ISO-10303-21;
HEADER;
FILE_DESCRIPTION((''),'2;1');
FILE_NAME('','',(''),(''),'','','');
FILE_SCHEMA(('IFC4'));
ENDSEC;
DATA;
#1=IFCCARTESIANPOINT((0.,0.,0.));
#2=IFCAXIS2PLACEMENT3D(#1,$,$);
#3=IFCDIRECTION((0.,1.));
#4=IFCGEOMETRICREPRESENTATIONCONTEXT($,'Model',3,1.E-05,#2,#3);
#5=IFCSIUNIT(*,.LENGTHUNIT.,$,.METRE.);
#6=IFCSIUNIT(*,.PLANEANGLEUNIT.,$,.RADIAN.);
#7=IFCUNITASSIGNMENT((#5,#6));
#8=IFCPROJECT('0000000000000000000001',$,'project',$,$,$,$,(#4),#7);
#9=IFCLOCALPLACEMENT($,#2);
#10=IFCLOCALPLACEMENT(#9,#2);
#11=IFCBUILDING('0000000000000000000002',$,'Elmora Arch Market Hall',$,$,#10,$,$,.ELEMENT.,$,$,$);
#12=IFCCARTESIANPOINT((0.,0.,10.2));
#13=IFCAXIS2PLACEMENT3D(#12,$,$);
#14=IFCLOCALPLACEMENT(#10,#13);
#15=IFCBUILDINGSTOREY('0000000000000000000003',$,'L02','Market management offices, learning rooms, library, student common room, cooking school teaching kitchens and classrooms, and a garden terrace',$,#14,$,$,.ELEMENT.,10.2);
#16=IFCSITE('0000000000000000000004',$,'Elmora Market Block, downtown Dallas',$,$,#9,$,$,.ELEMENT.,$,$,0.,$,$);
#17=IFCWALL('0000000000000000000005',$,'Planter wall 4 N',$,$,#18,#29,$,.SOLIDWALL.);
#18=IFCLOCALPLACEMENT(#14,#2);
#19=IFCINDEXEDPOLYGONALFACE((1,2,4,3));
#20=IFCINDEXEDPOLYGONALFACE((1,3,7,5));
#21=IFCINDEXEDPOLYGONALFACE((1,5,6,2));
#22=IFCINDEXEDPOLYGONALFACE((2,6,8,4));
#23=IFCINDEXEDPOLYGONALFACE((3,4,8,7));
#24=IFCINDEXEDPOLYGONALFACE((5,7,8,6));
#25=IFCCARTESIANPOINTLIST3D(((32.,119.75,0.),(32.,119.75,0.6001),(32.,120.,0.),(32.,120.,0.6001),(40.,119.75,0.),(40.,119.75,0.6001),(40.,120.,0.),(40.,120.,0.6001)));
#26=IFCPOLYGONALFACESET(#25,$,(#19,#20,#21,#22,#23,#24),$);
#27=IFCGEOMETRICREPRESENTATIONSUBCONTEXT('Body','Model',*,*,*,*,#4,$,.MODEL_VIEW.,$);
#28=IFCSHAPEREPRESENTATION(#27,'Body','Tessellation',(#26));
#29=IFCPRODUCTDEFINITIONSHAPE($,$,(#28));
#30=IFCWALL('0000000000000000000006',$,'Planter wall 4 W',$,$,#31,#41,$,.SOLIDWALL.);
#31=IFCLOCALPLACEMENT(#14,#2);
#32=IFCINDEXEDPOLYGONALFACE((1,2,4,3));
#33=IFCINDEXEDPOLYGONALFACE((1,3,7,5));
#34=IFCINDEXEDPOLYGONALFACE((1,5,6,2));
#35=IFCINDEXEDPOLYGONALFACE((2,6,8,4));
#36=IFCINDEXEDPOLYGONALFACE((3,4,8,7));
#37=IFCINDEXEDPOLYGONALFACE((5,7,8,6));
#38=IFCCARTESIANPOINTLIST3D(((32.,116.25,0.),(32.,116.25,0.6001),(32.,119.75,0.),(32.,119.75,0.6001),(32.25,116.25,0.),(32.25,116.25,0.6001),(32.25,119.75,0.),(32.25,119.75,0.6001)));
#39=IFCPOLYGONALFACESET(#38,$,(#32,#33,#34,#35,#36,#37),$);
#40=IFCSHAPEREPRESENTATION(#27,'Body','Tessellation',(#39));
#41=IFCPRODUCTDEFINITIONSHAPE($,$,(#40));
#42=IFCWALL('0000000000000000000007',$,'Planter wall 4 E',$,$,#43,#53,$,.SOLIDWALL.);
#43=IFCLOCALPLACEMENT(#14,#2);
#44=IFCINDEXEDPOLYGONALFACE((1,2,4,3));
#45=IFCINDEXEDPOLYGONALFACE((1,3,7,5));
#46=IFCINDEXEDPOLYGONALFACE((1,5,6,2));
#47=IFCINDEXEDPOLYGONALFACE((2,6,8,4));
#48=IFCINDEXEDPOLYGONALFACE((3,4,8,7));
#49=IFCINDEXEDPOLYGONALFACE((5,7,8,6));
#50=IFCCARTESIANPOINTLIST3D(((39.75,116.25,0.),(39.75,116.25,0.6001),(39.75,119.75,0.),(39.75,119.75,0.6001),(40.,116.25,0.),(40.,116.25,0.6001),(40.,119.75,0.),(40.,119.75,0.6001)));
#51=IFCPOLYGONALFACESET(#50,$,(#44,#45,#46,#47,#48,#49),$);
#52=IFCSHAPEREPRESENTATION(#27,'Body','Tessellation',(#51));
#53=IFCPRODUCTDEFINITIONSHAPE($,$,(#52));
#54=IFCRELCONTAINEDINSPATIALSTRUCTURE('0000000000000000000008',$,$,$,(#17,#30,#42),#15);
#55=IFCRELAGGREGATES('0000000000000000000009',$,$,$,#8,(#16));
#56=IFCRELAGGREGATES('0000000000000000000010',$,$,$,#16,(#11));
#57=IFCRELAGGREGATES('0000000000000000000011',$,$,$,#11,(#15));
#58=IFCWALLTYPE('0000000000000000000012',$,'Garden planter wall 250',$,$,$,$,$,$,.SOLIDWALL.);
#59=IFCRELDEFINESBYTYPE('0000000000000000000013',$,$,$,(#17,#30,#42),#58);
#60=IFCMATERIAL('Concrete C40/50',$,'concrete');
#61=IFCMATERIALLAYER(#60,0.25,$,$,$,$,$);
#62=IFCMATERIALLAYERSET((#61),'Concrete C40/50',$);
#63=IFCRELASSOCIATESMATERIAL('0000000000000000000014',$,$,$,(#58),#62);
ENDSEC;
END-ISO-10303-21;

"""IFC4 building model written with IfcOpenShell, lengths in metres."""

from ifc_helpers import new_model, si_unit, direction, frame, frame_2d, origin, place, context, subcontext, project, spatial, rectangle, extrude, material, layer, layer_set, type_object, element, save


model = new_model("IFC4")

# Units and contexts
model_context = context("Model", 3, precision=1e-05, world=origin(), true_north=direction((0.0, 1.0)))
body_context = subcontext(model_context, "Body", "Model", "MODEL_VIEW")
ifc_project = project(units=[si_unit("LENGTHUNIT", "METRE"), si_unit("PLANEANGLEUNIT", "RADIAN")], contexts=[model_context])

# Site, building, storey
site_placement = place(None, origin())
site = spatial("IfcSite", under=ifc_project, at=site_placement, Name="Elmora Market Block, downtown Dallas", CompositionType="ELEMENT", RefElevation=0.0)
building_placement = place(site_placement, origin())
building = spatial("IfcBuilding", under=site, at=building_placement, Name="Elmora Arch Market Hall", CompositionType="ELEMENT")
storey_placement = place(building_placement, frame((0.0, 0.0, 10.2)))
storey = spatial("IfcBuildingStorey", under=building, at=storey_placement, Name="L02", Description="Market management offices, learning rooms, library, student common room, cooking school teaching kitchens and classrooms, and a garden terrace", CompositionType="ELEMENT", Elevation=10.2)

# Walls
ifc_material_1 = material(Name="Concrete C40/50", Category="concrete")
ifc_layer_1 = layer(ifc_material_1, 0.25)
ifc_layer_set_1 = layer_set([ifc_layer_1], Name="Concrete C40/50")
wall_type_1 = type_object("IfcWallType", Name="Garden planter wall 250", PredefinedType="SOLIDWALL", material=ifc_layer_set_1)
for number, where, z_axis, x_axis, name in (
    (1, (32.0, 119.875, 0.0), (0.0, 0.0, 1.0), (1.0, 0.0, 0.0), "Planter wall 4 N"),
):
    element("IfcWall", number, at=place(storey_placement, frame(where, z_axis=z_axis, x_axis=x_axis)), inside=storey, type_object=wall_type_1, Name=name, PredefinedType="SOLIDWALL", context=body_context, shape_type="SweptSolid", body=[
        extrude(rectangle(XDim=8.0, YDim=0.25, at=frame_2d((4.0, 0.0))), origin(), (0.0, 0.0, 1.0), 0.6001),
    ])
for number, where, z_axis, x_axis, name in (
    (2, (32.125, 116.25, 0.0), (0.0, 0.0, 1.0), (0.0, 1.0, 0.0), "Planter wall 4 W"),
    (3, (39.875, 116.25, 0.0), (0.0, 0.0, 1.0), (0.0, 1.0, 0.0), "Planter wall 4 E"),
):
    element("IfcWall", number, at=place(storey_placement, frame(where, z_axis=z_axis, x_axis=x_axis)), inside=storey, type_object=wall_type_1, Name=name, PredefinedType="SOLIDWALL", context=body_context, shape_type="SweptSolid", body=[
        extrude(rectangle(XDim=3.5, YDim=0.25, at=frame_2d((1.75, 0.0))), origin(), (0.0, 0.0, 1.0), 0.6001),
    ])

save(model, "model.ifc")
